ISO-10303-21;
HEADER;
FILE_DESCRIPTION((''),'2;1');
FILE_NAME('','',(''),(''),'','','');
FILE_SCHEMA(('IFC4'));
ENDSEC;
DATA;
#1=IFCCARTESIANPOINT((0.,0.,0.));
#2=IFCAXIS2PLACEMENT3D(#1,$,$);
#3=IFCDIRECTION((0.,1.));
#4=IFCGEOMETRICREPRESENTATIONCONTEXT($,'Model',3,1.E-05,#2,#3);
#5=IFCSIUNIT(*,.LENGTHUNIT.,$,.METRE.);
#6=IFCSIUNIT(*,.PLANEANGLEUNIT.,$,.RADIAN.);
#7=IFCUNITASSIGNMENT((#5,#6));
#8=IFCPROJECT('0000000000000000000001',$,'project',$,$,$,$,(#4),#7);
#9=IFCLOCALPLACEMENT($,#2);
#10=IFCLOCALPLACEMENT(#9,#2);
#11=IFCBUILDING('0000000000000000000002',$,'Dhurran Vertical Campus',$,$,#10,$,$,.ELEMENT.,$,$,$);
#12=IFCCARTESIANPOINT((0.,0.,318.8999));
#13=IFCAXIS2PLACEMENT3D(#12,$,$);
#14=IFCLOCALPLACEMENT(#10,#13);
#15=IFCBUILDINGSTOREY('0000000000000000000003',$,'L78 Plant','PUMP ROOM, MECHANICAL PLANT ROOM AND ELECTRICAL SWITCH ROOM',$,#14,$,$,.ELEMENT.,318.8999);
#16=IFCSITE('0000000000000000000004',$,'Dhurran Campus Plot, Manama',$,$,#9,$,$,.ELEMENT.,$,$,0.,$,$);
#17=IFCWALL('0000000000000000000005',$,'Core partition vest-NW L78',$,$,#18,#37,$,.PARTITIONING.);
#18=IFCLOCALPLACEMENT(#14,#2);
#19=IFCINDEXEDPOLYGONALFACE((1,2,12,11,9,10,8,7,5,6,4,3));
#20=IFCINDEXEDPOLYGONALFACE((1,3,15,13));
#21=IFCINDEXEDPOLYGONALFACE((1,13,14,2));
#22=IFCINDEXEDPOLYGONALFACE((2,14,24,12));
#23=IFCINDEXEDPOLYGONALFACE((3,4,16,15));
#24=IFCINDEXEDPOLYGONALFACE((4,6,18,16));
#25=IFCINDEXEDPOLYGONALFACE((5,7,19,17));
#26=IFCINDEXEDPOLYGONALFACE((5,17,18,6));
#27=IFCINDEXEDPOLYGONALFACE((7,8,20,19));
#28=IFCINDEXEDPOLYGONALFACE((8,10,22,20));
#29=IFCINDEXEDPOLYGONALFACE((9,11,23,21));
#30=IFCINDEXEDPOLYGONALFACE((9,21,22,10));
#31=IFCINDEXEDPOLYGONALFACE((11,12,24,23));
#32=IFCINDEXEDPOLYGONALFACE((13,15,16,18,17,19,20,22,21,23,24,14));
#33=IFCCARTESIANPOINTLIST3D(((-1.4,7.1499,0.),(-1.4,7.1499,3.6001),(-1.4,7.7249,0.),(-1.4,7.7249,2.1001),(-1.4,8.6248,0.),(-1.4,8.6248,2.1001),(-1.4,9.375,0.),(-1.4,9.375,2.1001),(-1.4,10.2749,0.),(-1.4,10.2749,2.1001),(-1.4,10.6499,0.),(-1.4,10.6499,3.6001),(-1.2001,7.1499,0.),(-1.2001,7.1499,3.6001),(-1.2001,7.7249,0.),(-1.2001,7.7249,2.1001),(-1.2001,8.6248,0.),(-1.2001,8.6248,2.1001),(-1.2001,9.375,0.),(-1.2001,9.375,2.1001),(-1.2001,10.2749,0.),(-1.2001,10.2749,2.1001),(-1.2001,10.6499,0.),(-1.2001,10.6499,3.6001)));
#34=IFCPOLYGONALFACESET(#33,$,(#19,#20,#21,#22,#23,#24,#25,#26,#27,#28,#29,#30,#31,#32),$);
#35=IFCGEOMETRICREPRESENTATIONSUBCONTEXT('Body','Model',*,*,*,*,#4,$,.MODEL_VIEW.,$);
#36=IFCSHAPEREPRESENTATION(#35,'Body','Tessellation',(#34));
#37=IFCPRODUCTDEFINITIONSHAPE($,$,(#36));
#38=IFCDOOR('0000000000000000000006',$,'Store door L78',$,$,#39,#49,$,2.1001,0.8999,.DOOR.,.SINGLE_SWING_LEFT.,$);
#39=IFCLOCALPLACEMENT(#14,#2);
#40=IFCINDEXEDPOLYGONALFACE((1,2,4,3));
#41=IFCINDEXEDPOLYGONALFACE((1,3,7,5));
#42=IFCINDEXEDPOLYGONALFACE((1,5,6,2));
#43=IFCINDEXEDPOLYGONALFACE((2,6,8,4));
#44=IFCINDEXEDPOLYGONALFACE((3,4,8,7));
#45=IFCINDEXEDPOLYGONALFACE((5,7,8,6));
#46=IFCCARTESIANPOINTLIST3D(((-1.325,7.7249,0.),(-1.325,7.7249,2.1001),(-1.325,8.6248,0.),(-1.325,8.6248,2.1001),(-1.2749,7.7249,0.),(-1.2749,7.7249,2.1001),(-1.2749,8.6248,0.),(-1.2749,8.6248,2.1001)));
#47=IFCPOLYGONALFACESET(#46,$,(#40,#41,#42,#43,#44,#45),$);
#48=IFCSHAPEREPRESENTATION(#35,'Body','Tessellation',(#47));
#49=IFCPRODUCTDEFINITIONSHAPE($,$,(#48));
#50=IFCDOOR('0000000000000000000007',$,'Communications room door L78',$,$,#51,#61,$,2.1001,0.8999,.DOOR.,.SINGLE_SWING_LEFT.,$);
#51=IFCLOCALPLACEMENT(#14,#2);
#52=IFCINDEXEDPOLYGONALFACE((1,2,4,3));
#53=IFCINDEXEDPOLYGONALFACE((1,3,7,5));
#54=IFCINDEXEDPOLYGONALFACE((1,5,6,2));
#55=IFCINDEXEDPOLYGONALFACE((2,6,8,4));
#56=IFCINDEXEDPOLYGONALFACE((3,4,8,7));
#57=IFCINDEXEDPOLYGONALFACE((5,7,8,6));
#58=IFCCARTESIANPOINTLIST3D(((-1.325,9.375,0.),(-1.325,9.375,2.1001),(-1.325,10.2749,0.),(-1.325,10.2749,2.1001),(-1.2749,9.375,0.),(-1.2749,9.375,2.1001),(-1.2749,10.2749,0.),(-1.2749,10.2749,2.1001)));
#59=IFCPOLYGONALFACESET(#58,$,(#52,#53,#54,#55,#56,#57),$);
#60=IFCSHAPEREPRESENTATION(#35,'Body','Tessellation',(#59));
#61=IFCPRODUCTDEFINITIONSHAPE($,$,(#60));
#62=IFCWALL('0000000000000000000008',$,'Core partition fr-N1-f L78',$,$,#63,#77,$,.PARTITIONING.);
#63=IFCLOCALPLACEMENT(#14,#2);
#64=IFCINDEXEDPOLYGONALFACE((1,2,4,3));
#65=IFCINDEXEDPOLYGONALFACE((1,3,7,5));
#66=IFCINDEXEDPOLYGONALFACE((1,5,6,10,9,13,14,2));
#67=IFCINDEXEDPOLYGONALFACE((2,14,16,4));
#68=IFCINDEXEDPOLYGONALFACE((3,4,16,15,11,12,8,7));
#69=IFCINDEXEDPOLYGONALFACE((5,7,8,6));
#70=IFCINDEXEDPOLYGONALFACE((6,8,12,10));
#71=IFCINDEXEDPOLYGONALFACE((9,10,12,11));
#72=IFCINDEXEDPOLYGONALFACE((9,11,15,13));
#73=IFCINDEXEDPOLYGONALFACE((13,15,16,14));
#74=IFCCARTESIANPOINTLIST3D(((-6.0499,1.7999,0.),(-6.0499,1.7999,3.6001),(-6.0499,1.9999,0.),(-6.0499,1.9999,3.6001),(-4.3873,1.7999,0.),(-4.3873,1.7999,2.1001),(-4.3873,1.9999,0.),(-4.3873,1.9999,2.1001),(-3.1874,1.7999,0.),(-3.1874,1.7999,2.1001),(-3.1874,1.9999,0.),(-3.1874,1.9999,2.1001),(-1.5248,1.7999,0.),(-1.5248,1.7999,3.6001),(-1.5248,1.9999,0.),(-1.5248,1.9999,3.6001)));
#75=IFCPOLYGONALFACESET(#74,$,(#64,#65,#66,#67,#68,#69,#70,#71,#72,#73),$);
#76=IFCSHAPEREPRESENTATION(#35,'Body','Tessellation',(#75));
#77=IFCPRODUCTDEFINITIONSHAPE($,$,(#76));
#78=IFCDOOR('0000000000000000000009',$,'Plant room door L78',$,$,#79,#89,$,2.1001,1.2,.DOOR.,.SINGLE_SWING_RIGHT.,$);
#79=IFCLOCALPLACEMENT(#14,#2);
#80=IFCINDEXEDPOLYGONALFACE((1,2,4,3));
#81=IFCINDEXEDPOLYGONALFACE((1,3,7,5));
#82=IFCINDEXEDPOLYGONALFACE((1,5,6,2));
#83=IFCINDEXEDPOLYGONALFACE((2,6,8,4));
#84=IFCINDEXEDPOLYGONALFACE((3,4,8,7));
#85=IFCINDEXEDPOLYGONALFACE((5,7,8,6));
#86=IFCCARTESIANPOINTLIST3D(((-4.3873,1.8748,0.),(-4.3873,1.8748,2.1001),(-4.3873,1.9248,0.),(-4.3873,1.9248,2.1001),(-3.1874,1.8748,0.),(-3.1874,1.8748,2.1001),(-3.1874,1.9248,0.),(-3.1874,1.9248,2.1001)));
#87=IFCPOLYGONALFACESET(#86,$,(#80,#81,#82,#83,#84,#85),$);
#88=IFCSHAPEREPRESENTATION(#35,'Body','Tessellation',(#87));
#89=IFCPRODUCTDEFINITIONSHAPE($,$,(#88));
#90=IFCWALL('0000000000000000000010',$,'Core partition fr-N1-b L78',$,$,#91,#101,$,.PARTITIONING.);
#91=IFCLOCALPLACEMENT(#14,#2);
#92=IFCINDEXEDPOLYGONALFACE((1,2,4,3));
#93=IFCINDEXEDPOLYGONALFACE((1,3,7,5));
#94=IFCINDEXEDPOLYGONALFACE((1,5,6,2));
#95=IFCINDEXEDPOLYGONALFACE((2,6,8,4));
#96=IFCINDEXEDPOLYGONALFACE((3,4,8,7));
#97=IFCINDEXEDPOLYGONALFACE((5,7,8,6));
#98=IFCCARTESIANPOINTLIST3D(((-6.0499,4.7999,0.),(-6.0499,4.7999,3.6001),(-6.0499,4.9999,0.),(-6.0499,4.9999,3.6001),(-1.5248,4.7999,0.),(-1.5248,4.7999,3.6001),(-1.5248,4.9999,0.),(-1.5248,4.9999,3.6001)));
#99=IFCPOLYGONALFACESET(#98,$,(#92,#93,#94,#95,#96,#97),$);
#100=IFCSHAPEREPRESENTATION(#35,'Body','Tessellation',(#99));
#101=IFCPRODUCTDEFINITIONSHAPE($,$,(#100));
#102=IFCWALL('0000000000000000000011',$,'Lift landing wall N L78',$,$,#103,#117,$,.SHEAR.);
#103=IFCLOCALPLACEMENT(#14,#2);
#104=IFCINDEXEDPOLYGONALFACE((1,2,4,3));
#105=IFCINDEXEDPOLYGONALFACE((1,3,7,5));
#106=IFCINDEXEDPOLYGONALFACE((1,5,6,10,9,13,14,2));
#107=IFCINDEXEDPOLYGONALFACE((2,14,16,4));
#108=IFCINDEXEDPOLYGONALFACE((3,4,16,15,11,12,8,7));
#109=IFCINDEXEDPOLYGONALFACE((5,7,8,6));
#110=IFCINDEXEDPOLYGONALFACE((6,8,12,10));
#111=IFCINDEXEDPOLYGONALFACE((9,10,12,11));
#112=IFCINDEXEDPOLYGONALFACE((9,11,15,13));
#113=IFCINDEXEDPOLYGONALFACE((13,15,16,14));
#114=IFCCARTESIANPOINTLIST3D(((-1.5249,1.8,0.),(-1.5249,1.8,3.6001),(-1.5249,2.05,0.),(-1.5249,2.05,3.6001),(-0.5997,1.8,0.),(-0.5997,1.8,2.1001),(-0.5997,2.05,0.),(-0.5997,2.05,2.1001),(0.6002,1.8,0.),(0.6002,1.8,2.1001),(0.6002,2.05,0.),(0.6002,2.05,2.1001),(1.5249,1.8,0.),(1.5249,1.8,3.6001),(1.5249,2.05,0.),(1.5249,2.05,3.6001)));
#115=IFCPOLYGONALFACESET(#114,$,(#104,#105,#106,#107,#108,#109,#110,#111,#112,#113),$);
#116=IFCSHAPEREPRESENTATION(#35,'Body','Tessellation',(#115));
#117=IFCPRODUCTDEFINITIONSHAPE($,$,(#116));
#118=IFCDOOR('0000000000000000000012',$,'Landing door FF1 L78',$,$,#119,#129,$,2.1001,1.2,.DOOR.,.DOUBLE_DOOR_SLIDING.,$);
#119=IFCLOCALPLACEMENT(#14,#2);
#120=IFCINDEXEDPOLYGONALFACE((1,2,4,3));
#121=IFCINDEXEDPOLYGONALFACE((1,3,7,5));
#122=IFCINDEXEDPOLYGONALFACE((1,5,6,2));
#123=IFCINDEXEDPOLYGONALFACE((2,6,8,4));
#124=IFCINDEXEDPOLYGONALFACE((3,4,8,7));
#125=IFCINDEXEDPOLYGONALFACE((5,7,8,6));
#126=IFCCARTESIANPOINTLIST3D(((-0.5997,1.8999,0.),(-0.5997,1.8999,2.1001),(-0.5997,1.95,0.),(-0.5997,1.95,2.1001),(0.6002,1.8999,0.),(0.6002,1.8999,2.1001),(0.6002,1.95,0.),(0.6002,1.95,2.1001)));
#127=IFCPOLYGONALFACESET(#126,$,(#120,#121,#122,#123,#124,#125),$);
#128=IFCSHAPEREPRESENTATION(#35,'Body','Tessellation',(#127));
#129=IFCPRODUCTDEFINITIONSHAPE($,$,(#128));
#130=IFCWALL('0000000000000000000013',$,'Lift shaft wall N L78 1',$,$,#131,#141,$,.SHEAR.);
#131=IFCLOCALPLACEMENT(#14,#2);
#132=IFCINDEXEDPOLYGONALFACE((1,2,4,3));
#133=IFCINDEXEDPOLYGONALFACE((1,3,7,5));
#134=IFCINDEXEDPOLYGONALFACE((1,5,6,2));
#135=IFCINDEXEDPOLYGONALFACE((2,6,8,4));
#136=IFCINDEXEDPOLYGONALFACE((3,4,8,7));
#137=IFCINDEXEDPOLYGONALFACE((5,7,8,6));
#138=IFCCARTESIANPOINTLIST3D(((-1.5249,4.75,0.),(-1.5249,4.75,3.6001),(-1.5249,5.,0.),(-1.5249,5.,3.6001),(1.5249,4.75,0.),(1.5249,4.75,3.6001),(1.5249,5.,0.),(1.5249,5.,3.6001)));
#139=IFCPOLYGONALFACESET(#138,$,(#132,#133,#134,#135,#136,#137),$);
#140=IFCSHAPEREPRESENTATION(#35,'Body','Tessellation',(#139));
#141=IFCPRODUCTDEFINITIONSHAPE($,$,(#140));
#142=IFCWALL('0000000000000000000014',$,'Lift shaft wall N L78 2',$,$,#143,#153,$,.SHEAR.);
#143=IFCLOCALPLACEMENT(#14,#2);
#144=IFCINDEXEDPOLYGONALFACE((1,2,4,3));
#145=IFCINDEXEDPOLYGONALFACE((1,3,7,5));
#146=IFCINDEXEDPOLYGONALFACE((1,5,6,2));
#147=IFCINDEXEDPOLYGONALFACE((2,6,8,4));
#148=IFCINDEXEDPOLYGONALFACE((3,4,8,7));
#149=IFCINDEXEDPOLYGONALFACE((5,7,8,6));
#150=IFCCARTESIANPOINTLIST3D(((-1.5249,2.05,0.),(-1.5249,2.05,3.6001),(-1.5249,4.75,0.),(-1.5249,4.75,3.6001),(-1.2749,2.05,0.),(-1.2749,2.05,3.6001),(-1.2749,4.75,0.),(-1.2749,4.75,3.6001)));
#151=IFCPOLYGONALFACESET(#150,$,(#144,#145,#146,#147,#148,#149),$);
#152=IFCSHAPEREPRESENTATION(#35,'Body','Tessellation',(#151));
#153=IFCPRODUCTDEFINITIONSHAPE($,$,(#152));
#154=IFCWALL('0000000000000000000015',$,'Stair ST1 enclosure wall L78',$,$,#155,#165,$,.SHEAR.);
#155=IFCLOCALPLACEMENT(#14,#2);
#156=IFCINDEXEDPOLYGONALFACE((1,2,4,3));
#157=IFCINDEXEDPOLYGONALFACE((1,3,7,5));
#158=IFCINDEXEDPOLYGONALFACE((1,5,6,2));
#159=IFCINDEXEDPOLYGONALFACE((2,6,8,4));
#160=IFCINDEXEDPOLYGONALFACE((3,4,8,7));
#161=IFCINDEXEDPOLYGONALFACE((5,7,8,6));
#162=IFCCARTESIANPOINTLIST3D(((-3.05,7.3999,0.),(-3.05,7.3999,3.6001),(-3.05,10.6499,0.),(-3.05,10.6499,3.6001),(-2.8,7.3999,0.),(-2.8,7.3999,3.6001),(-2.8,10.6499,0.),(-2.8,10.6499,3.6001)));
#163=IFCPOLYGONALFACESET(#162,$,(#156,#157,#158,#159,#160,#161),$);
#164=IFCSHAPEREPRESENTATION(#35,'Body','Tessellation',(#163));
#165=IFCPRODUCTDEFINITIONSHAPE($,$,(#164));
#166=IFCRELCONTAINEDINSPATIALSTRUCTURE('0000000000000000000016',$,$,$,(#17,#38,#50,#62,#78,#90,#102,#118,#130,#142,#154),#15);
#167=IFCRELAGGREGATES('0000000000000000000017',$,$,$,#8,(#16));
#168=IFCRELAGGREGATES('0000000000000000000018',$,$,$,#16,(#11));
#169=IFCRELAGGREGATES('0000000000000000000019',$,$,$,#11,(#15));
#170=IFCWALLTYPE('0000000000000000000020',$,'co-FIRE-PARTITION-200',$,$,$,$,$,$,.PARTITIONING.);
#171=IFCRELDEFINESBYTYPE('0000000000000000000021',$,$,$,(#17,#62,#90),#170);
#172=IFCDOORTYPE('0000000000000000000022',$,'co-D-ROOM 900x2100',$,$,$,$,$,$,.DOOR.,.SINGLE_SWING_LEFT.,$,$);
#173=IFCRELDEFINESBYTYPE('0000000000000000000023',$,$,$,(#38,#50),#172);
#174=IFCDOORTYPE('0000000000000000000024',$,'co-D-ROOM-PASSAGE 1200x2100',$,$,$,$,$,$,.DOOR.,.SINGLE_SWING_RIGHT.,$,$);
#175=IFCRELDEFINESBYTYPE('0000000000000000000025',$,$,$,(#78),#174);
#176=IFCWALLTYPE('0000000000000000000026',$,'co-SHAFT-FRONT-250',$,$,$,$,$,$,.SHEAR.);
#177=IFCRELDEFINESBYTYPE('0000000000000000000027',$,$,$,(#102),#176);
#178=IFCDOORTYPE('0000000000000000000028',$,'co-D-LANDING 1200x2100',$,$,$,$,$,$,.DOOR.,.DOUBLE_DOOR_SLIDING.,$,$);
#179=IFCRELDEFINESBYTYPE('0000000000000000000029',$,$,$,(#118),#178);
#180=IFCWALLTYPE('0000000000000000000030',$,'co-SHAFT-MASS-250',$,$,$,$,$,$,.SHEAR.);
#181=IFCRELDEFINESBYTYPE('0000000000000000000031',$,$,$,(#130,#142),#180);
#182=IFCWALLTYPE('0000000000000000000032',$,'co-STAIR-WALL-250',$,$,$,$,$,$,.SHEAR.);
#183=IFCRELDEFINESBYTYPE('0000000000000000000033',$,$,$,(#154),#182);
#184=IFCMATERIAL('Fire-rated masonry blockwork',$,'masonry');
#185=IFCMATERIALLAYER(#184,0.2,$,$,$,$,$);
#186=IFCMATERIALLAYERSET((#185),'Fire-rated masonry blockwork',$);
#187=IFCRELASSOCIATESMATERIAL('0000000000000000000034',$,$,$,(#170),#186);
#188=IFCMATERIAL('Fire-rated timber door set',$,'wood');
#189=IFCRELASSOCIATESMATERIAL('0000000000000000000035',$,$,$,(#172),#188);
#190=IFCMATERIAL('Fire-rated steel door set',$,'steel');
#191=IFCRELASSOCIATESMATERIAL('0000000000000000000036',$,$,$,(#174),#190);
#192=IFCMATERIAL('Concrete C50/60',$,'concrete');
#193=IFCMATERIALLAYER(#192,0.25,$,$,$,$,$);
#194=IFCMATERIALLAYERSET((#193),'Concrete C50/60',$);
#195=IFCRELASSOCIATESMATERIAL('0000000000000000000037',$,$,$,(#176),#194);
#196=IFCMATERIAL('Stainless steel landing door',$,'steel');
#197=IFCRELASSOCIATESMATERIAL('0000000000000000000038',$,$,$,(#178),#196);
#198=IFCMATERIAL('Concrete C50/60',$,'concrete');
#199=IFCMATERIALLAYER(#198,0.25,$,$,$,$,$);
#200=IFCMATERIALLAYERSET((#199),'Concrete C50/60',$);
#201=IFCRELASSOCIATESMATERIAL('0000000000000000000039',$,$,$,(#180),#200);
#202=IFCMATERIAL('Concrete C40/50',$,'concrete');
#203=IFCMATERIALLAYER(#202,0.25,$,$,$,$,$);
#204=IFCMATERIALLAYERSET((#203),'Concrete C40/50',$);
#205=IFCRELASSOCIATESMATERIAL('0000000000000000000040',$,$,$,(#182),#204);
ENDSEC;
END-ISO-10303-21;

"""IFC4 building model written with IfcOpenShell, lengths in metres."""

from ifc_helpers import new_model, si_unit, direction, frame, frame_2d, origin, place, context, subcontext, project, spatial, polyline, rectangle, outline, extrude, material, layer, layer_set, type_object, element, fill, save


model = new_model("IFC4")

# Units and contexts
model_context = context("Model", 3, precision=1e-05, world=origin(), true_north=direction((0.0, 1.0)))
body_context = subcontext(model_context, "Body", "Model", "MODEL_VIEW")
ifc_project = project(units=[si_unit("LENGTHUNIT", "METRE"), si_unit("PLANEANGLEUNIT", "RADIAN")], contexts=[model_context])

# Site, building, storey
site_placement = place(None, origin())
site = spatial("IfcSite", under=ifc_project, at=site_placement, Name="Dhurran Campus Plot, Manama", CompositionType="ELEMENT", RefElevation=0.0)
building_placement = place(site_placement, origin())
building = spatial("IfcBuilding", under=site, at=building_placement, Name="Dhurran Vertical Campus", CompositionType="ELEMENT")
storey_placement = place(building_placement, frame((0.0, 0.0, 318.8999)))
storey = spatial("IfcBuildingStorey", under=building, at=storey_placement, Name="L78 Plant", Description="PUMP ROOM, MECHANICAL PLANT ROOM AND ELECTRICAL SWITCH ROOM", CompositionType="ELEMENT", Elevation=318.8999)

# Shared definitions
ifc_material_1 = material(Name="Fire-rated masonry blockwork", Category="masonry")
ifc_layer_1 = layer(ifc_material_1, 0.2)
ifc_layer_set_1 = layer_set([ifc_layer_1], Name="Fire-rated masonry blockwork")
wall_type_1 = type_object("IfcWallType", Name="co-FIRE-PARTITION-200", PredefinedType="PARTITIONING", material=ifc_layer_set_1)

# Wall, openings, doors
wall_1_placement = place(storey_placement, frame((-1.3, 7.1499, 0.0), z_axis=(0.0, 0.0, 1.0), x_axis=(0.0, 1.0, 0.0)))
wall_1 = element("IfcWall", 1, at=wall_1_placement, inside=storey, type_object=wall_type_1, Name="Core partition vest-NW L78", PredefinedType="PARTITIONING", context=body_context, shape_type="SweptSolid", body=[
    extrude(rectangle(XDim=3.5, YDim=0.2, at=frame_2d((1.75, 0.0))), origin(), (0.0, 0.0, 1.0), 3.6001),
])
opening_1_placement = place(wall_1_placement, frame((0.575, 0.0, 0.0)))
opening_1 = element("IfcOpeningElement", 2, at=opening_1_placement, cuts=wall_1, PredefinedType="OPENING", context=body_context, shape_type="SweptSolid", body=[
    extrude(rectangle(XDim=0.8999, YDim=2.1001, at=frame_2d((0.45, 1.05))), frame((0.0, 0.1099, 0.0), z_axis=(0.0, -1.0, 0.0), x_axis=(1.0, 0.0, 0.0)), (0.0, 0.0, 1.0), 0.22),
])
opening_2_placement = place(wall_1_placement, frame((2.2251, 0.0, 0.0)))
opening_2 = element("IfcOpeningElement", 3, at=opening_2_placement, cuts=wall_1, PredefinedType="OPENING", context=body_context, shape_type="SweptSolid", body=[
    extrude(rectangle(XDim=0.8999, YDim=2.1001, at=frame_2d((0.45, 1.05))), frame((0.0, 0.1099, 0.0), z_axis=(0.0, -1.0, 0.0), x_axis=(1.0, 0.0, 0.0)), (0.0, 0.0, 1.0), 0.22),
])
ifc_material_2 = material(Name="Fire-rated timber door set", Category="wood")
door_type_1 = type_object("IfcDoorType", Name="co-D-ROOM 900x2100", OperationType="SINGLE_SWING_LEFT", PredefinedType="DOOR", material=ifc_material_2)
door_1_placement = place(opening_1_placement, origin())
door_1 = element("IfcDoor", 4, at=door_1_placement, inside=storey, type_object=door_type_1, Name="Store door L78", OperationType="SINGLE_SWING_LEFT", OverallHeight=2.1001, OverallWidth=0.8999, PredefinedType="DOOR", context=body_context, shape_type="SweptSolid", body=[
    extrude(rectangle(XDim=0.8999, YDim=2.1001, at=frame_2d((0.45, 1.05))), frame((0.0, 0.0249, 0.0), z_axis=(0.0, -1.0, 0.0), x_axis=(1.0, 0.0, 0.0)), (0.0, 0.0, 1.0), 0.05),
])
fill(opening_1, door_1)
door_2_placement = place(opening_2_placement, origin())
door_2 = element("IfcDoor", 5, at=door_2_placement, inside=storey, type_object=door_type_1, Name="Communications room door L78", OperationType="SINGLE_SWING_LEFT", OverallHeight=2.1001, OverallWidth=0.8999, PredefinedType="DOOR", context=body_context, shape_type="SweptSolid", body=[
    extrude(rectangle(XDim=0.8999, YDim=2.1001, at=frame_2d((0.45, 1.05))), frame((0.0, 0.0249, 0.0), z_axis=(0.0, -1.0, 0.0), x_axis=(1.0, 0.0, 0.0)), (0.0, 0.0, 1.0), 0.05),
])
fill(opening_2, door_2)

# Wall, opening, door
wall_2_placement = place(storey_placement, frame((-6.05, 1.8999, 0.0), z_axis=(0.0, 0.0, 1.0), x_axis=(1.0, 0.0, 0.0)))
wall_2 = element("IfcWall", 6, at=wall_2_placement, inside=storey, type_object=wall_type_1, Name="Core partition fr-N1-f L78", PredefinedType="PARTITIONING", context=body_context, shape_type="SweptSolid", body=[
    extrude(rectangle(XDim=4.5251, YDim=0.2, at=frame_2d((2.2627, 0.0))), origin(), (0.0, 0.0, 1.0), 3.6001),
])
opening_3_placement = place(wall_2_placement, frame((1.6626, 0.0, 0.0)))
opening_3 = element("IfcOpeningElement", 7, at=opening_3_placement, cuts=wall_2, PredefinedType="OPENING", context=body_context, shape_type="SweptSolid", body=[
    extrude(rectangle(XDim=1.2, YDim=2.1001, at=frame_2d((0.6001, 1.05))), frame((0.0, 0.1099, 0.0), z_axis=(0.0, -1.0, 0.0), x_axis=(1.0, 0.0, 0.0)), (0.0, 0.0, 1.0), 0.22),
])
ifc_material_3 = material(Name="Fire-rated steel door set", Category="steel")
door_type_2 = type_object("IfcDoorType", Name="co-D-ROOM-PASSAGE 1200x2100", OperationType="SINGLE_SWING_RIGHT", PredefinedType="DOOR", material=ifc_material_3)
door_3_placement = place(opening_3_placement, origin())
door_3 = element("IfcDoor", 8, at=door_3_placement, inside=storey, type_object=door_type_2, Name="Plant room door L78", OperationType="SINGLE_SWING_RIGHT", OverallHeight=2.1001, OverallWidth=1.2, PredefinedType="DOOR", context=body_context, shape_type="SweptSolid", body=[
    extrude(rectangle(XDim=1.2, YDim=2.1001, at=frame_2d((0.6001, 1.05))), frame((0.0, 0.0249, 0.0), z_axis=(0.0, -1.0, 0.0), x_axis=(1.0, 0.0, 0.0)), (0.0, 0.0, 1.0), 0.05),
])
fill(opening_3, door_3)

# Wall
wall_3_placement = place(storey_placement, frame((-6.05, 4.8999, 0.0), z_axis=(0.0, 0.0, 1.0), x_axis=(1.0, 0.0, 0.0)))
element("IfcWall", 9, at=wall_3_placement, inside=storey, type_object=wall_type_1, Name="Core partition fr-N1-b L78", PredefinedType="PARTITIONING", context=body_context, shape_type="SweptSolid", body=[
    extrude(rectangle(XDim=4.5251, YDim=0.2, at=frame_2d((2.2627, 0.0))), origin(), (0.0, 0.0, 1.0), 3.6001),
])

# Wall, opening, door
ifc_material_4 = material(Name="Concrete C50/60", Category="concrete")
ifc_layer_2 = layer(ifc_material_4, 0.25)
ifc_layer_set_2 = layer_set([ifc_layer_2], Name="Concrete C50/60")
wall_type_2 = type_object("IfcWallType", Name="co-SHAFT-FRONT-250", PredefinedType="SHEAR", material=ifc_layer_set_2)
wall_4_placement = place(storey_placement, frame((-1.5249, 1.925, 0.0), z_axis=(0.0, 0.0, 1.0), x_axis=(1.0, 0.0, 0.0)))
wall_4 = element("IfcWall", 10, at=wall_4_placement, inside=storey, type_object=wall_type_2, Name="Lift landing wall N L78", PredefinedType="SHEAR", context=body_context, shape_type="SweptSolid", body=[
    extrude(rectangle(XDim=3.0498, YDim=0.25, at=frame_2d((1.5249, 0.0))), origin(), (0.0, 0.0, 1.0), 3.6001),
])
opening_4_placement = place(wall_4_placement, frame((0.925, 0.0, 0.0)))
opening_4 = element("IfcOpeningElement", 11, at=opening_4_placement, cuts=wall_4, PredefinedType="OPENING", context=body_context, shape_type="SweptSolid", body=[
    extrude(rectangle(XDim=1.2, YDim=2.1001, at=frame_2d((0.6001, 1.05))), frame((0.0, 0.135, 0.0), z_axis=(0.0, -1.0, 0.0), x_axis=(1.0, 0.0, 0.0)), (0.0, 0.0, 1.0), 0.27),
])
ifc_material_5 = material(Name="Stainless steel landing door", Category="steel")
door_type_3 = type_object("IfcDoorType", Name="co-D-LANDING 1200x2100", OperationType="DOUBLE_DOOR_SLIDING", PredefinedType="DOOR", material=ifc_material_5)
door_4_placement = place(opening_4_placement, origin())
door_4 = element("IfcDoor", 12, at=door_4_placement, inside=storey, type_object=door_type_3, Name="Landing door FF1 L78", OperationType="DOUBLE_DOOR_SLIDING", OverallHeight=2.1001, OverallWidth=1.2, PredefinedType="DOOR", context=body_context, shape_type="SweptSolid", body=[
    extrude(rectangle(XDim=1.2, YDim=2.1001, at=frame_2d((0.6001, 1.05))), frame((0.0, 0.0249, 0.0), z_axis=(0.0, -1.0, 0.0), x_axis=(1.0, 0.0, 0.0)), (0.0, 0.0, 1.0), 0.05),
])
fill(opening_4, door_4)

# Walls
ifc_material_6 = material(Name="Concrete C50/60", Category="concrete")
ifc_layer_3 = layer(ifc_material_6, 0.25)
ifc_layer_set_3 = layer_set([ifc_layer_3], Name="Concrete C50/60")
wall_type_3 = type_object("IfcWallType", Name="co-SHAFT-MASS-250", PredefinedType="SHEAR", material=ifc_layer_set_3)
wall_5_placement = place(storey_placement, origin())
element("IfcWall", 13, at=wall_5_placement, inside=storey, type_object=wall_type_3, Name="Lift shaft wall N L78 1", PredefinedType="SHEAR", context=body_context, shape_type="SweptSolid", body=[
    extrude(outline(polyline([(-1.5249, 4.75), (1.5249, 4.75), (1.5249, 5.0), (-1.5249, 5.0), (-1.5249, 4.75)])), origin(), (0.0, 0.0, 1.0), 3.6001),
])
wall_6_placement = place(storey_placement, origin())
element("IfcWall", 14, at=wall_6_placement, inside=storey, type_object=wall_type_3, Name="Lift shaft wall N L78 2", PredefinedType="SHEAR", context=body_context, shape_type="SweptSolid", body=[
    extrude(outline(polyline([(-1.5249, 2.05), (-1.2749, 2.05), (-1.2749, 4.75), (-1.5249, 4.75), (-1.5249, 2.05)])), origin(), (0.0, 0.0, 1.0), 3.6001),
])
ifc_material_7 = material(Name="Concrete C40/50", Category="concrete")
ifc_layer_4 = layer(ifc_material_7, 0.25)
ifc_layer_set_4 = layer_set([ifc_layer_4], Name="Concrete C40/50")
wall_type_4 = type_object("IfcWallType", Name="co-STAIR-WALL-250", PredefinedType="SHEAR", material=ifc_layer_set_4)
wall_7_placement = place(storey_placement, frame((-2.925, 7.3999, 0.0), z_axis=(0.0, 0.0, 1.0), x_axis=(0.0, 1.0, 0.0)))
element("IfcWall", 15, at=wall_7_placement, inside=storey, type_object=wall_type_4, Name="Stair ST1 enclosure wall L78", PredefinedType="SHEAR", context=body_context, shape_type="SweptSolid", body=[
    extrude(rectangle(XDim=3.25, YDim=0.25, at=frame_2d((1.625, 0.0))), origin(), (0.0, 0.0, 1.0), 3.6001),
])

save(model, "model.ifc")
